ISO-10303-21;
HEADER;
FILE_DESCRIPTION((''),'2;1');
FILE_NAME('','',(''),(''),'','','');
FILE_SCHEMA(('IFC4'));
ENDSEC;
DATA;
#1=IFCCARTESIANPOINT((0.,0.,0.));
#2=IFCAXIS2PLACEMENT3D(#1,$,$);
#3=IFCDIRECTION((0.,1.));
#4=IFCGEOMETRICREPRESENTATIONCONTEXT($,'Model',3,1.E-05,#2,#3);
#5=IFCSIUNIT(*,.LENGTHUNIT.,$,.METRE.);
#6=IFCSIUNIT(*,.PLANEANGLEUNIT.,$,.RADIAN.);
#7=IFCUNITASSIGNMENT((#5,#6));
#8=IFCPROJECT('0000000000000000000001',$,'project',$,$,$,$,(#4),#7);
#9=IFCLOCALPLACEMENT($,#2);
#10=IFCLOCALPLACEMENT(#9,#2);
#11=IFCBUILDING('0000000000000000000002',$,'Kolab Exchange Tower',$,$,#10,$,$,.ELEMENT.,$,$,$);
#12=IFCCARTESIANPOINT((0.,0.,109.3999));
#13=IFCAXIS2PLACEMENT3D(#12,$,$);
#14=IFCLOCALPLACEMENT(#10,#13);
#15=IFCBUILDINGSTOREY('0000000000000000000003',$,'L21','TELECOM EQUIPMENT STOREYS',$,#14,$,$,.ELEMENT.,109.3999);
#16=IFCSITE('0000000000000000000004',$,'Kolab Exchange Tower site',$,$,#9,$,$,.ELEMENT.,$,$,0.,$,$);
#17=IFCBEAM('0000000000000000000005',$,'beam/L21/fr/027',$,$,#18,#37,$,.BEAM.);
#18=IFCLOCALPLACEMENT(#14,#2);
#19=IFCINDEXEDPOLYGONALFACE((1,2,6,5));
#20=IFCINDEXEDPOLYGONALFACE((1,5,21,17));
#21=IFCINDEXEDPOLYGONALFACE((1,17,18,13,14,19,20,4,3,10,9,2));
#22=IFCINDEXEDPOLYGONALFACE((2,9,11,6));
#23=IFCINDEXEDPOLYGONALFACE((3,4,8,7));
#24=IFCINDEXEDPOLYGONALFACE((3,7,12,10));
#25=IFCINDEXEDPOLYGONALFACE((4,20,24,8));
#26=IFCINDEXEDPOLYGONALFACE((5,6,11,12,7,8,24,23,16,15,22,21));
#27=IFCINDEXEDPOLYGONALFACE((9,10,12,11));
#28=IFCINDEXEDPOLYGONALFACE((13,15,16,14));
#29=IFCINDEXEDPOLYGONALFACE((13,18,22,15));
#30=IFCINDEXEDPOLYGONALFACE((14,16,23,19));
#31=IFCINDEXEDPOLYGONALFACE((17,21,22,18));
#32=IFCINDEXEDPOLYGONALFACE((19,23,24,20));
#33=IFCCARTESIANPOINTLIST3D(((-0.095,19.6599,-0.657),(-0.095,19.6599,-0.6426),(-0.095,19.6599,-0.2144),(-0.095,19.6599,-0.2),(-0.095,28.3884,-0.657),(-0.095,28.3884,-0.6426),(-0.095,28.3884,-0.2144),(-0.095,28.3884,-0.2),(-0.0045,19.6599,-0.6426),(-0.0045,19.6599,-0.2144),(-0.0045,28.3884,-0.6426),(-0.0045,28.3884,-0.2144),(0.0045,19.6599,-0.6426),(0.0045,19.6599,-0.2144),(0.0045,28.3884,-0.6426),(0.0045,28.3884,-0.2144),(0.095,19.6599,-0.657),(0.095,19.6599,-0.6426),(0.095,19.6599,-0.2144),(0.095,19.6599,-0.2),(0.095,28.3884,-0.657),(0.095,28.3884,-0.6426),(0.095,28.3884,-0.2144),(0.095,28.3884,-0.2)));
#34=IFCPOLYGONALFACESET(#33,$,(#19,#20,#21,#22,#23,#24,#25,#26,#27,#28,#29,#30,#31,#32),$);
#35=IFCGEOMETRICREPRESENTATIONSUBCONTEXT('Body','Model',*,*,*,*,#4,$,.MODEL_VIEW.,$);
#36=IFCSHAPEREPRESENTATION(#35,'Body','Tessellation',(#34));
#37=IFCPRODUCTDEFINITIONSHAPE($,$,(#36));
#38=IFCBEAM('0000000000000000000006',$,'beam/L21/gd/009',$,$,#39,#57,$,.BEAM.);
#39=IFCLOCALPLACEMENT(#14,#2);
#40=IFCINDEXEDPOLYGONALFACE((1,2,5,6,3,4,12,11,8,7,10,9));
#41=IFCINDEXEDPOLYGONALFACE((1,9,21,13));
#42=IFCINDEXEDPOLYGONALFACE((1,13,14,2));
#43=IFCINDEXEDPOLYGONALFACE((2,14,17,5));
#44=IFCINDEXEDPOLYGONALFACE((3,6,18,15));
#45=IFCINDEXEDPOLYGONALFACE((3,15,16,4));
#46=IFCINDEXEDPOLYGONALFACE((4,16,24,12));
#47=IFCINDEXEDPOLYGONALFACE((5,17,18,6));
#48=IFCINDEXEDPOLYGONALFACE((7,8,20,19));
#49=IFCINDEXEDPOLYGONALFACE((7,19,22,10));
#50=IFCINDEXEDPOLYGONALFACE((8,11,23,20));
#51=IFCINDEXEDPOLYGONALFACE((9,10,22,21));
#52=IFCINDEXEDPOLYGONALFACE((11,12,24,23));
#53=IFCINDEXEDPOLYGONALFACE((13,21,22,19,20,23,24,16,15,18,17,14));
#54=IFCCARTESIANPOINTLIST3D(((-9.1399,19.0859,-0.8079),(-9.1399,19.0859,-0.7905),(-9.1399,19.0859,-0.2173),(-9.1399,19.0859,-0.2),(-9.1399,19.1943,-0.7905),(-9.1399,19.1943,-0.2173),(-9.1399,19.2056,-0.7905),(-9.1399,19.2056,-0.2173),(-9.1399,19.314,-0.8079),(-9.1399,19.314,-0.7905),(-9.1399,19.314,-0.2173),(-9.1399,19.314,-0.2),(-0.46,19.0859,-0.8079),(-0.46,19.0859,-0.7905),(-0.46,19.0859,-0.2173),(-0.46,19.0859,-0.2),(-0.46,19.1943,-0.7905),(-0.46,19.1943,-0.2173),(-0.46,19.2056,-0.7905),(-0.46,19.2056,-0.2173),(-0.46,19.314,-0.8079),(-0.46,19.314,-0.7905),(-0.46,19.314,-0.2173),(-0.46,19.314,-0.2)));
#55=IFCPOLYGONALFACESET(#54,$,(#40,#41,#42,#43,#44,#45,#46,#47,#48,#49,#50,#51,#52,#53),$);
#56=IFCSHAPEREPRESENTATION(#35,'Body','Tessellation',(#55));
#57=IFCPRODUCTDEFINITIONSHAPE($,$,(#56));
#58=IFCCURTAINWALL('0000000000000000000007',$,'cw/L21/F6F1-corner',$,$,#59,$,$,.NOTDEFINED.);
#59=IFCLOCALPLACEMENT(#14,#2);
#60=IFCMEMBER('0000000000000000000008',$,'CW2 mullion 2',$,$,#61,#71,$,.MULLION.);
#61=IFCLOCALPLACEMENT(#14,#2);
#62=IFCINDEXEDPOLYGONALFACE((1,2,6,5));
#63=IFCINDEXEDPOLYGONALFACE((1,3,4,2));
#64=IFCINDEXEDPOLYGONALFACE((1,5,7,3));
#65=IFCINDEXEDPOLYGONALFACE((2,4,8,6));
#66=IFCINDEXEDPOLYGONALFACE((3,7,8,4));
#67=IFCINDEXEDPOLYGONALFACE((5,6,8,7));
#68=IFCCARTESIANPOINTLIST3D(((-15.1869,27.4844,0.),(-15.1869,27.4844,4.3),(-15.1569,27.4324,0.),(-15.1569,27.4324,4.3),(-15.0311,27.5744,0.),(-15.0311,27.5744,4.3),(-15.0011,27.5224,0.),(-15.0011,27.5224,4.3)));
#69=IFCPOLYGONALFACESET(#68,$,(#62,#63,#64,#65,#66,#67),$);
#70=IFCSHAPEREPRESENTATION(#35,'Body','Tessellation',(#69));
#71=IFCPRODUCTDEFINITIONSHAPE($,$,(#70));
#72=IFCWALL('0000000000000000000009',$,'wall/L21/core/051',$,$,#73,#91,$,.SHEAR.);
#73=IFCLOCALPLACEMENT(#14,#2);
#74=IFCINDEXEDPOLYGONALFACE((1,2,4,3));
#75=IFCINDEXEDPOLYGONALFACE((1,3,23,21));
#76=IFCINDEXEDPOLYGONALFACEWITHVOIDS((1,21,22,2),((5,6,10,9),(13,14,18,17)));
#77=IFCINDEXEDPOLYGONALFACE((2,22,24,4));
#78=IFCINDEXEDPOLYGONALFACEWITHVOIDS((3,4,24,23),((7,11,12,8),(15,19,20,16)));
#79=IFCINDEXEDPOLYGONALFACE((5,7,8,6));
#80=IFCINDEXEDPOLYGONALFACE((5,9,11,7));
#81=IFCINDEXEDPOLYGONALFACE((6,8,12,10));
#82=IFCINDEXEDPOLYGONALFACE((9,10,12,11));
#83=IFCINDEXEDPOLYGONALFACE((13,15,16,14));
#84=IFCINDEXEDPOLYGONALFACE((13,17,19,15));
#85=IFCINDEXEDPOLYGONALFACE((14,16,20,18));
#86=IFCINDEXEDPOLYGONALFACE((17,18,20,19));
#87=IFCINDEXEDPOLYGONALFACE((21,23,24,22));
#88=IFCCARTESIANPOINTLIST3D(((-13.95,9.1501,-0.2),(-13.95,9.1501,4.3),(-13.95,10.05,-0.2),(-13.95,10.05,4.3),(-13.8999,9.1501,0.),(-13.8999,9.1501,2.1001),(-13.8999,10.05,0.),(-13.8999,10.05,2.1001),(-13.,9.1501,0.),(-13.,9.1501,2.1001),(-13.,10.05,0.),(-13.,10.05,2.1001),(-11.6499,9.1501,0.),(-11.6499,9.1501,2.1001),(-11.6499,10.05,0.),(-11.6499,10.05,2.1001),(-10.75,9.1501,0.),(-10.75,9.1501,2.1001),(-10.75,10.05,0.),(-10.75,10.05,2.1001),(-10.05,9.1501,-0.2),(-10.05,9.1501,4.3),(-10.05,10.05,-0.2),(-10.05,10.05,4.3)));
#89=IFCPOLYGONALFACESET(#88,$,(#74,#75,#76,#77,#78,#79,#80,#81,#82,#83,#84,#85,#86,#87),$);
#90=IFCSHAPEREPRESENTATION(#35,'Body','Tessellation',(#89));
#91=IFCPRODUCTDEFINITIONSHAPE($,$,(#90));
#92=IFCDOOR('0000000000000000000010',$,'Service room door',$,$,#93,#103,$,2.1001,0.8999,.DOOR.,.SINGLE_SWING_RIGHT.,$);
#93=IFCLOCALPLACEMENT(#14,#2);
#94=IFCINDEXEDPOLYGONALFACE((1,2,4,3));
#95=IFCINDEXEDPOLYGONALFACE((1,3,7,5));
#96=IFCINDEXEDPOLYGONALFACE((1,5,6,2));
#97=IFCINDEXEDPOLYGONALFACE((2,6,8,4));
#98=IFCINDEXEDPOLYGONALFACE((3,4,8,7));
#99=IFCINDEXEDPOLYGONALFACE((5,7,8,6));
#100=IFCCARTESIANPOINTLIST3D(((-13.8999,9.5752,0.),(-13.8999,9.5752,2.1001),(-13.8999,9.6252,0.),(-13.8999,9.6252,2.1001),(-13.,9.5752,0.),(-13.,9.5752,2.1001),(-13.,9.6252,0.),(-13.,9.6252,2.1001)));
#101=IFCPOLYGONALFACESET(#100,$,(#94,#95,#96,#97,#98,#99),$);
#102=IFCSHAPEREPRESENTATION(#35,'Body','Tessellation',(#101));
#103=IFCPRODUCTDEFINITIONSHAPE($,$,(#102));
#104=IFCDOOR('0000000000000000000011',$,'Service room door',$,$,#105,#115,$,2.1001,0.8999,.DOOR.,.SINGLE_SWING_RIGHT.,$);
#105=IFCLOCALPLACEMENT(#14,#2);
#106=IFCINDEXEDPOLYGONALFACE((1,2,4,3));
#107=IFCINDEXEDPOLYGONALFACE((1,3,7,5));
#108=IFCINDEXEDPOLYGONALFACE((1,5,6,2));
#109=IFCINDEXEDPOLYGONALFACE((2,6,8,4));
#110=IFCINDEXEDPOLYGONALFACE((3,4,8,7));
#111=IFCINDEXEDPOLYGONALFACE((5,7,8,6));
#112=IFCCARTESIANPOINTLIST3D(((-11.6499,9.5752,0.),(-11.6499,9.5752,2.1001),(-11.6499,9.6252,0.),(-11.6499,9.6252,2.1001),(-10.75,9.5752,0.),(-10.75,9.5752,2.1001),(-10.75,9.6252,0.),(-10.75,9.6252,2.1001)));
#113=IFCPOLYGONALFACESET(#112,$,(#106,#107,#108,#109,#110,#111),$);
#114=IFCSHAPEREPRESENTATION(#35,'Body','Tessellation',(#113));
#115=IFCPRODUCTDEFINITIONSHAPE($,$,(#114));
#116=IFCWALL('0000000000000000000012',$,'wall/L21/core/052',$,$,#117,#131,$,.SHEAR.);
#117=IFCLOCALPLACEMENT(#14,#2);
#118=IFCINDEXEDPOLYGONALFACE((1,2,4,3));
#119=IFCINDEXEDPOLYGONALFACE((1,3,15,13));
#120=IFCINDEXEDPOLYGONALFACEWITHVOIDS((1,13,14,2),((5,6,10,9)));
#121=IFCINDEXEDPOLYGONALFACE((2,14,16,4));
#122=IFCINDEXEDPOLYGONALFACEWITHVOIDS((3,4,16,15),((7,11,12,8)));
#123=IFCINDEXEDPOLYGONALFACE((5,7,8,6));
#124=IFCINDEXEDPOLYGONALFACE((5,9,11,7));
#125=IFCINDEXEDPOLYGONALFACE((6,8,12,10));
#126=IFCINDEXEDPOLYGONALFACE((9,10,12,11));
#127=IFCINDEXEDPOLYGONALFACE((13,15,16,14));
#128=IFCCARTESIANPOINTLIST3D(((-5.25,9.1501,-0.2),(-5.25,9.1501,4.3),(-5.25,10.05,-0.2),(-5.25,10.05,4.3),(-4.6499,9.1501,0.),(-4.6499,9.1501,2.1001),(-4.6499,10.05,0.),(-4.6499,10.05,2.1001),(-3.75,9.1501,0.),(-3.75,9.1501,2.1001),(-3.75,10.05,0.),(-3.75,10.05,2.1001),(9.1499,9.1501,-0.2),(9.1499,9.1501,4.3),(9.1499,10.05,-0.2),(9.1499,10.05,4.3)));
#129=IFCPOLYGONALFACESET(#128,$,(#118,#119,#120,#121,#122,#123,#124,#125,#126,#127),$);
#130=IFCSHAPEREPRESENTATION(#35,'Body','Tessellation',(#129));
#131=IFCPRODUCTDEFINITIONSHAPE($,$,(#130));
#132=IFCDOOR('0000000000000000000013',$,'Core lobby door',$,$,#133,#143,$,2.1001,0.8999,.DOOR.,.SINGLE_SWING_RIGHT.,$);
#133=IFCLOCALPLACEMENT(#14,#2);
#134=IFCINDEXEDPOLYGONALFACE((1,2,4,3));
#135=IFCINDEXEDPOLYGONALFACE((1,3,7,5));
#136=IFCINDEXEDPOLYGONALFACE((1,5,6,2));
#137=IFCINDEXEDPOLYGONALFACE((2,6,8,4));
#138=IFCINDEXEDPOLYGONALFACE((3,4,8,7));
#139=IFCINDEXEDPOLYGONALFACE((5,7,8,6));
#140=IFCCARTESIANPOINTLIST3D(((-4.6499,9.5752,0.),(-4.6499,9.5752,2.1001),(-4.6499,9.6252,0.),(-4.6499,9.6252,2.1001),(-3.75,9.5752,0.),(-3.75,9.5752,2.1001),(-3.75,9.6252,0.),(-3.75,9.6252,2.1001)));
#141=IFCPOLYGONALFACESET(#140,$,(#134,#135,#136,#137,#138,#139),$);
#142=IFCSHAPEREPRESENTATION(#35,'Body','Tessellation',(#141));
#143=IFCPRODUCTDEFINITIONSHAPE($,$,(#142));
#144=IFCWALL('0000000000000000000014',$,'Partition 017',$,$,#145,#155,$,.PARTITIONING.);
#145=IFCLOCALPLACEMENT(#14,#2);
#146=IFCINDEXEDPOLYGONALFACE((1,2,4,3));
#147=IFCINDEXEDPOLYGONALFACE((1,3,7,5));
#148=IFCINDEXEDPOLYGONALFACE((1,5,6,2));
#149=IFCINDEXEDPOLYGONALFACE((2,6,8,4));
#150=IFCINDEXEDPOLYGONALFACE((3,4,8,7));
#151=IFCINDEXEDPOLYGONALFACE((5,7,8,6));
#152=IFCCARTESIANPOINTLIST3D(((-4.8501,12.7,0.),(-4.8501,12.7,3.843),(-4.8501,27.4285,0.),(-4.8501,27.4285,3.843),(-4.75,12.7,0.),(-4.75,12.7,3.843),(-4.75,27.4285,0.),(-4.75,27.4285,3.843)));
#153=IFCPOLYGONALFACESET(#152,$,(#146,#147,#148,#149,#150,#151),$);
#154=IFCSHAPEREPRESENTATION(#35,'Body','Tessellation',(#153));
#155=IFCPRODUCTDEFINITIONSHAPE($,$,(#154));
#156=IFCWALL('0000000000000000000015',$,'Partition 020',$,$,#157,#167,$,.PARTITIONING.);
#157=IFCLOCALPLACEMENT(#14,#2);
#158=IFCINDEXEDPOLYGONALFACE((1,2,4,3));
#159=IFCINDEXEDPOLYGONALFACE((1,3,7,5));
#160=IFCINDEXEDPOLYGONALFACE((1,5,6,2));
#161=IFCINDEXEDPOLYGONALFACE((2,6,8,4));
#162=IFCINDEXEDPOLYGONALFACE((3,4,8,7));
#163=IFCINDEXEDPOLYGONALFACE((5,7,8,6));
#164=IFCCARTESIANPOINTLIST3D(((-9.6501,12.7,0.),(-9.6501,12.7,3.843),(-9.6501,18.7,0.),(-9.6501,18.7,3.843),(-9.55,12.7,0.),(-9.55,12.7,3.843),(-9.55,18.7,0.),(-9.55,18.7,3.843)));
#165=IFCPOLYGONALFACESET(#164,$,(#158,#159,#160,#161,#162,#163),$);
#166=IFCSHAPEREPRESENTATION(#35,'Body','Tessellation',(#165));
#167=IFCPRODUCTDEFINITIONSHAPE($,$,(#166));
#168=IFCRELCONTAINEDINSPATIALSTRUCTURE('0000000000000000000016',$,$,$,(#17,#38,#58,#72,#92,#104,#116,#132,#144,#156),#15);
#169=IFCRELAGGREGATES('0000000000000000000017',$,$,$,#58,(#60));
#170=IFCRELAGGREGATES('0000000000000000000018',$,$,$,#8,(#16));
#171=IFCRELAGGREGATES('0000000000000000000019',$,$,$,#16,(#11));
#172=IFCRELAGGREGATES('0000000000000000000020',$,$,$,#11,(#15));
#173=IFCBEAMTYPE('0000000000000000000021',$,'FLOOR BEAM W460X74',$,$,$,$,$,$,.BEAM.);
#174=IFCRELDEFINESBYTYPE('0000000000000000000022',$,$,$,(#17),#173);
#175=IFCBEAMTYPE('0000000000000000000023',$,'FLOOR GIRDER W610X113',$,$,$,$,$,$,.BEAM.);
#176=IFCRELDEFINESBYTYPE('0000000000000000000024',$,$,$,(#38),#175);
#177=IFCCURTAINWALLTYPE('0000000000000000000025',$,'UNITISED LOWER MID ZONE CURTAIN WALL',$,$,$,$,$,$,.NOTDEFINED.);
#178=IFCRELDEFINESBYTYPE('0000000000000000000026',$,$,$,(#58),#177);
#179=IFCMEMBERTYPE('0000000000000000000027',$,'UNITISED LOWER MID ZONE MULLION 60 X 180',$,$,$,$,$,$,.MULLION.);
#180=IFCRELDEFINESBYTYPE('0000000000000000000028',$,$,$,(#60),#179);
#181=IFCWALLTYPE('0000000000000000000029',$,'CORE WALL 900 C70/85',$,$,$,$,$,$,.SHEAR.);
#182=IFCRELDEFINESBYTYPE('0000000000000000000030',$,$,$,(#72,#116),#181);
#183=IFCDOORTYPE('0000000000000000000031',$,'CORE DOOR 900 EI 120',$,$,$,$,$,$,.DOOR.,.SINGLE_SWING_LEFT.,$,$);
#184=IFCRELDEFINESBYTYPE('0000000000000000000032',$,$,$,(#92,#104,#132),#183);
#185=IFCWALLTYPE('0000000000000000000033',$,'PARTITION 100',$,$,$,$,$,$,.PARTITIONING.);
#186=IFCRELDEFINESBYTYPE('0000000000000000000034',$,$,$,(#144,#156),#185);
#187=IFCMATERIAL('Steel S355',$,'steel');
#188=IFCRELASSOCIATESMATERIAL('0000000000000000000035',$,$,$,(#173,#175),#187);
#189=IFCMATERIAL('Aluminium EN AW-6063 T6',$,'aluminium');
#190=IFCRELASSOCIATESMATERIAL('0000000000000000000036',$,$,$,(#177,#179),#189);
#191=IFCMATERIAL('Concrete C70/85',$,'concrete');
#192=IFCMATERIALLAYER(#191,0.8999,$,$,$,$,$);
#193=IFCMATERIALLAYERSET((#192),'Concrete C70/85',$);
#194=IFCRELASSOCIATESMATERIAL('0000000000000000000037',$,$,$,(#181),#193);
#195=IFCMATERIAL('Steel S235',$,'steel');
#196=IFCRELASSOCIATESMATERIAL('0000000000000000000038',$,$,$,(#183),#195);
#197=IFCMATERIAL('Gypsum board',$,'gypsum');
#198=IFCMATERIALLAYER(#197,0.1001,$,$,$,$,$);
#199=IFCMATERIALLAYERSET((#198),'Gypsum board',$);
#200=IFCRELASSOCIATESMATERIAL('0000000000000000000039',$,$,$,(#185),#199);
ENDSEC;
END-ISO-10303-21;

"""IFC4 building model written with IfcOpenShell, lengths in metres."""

from ifc_helpers import new_model, si_unit, direction, frame, frame_2d, origin, origin_2d, place, context, subcontext, project, spatial, rectangle, i_section, extrude, material, layer, layer_set, material_profile, profile_set, type_object, element, fill, aggregate, save


model = new_model("IFC4")

# Units and contexts
model_context = context("Model", 3, precision=1e-05, world=origin(), true_north=direction((0.0, 1.0)))
body_context = subcontext(model_context, "Body", "Model", "MODEL_VIEW")
ifc_project = project(units=[si_unit("LENGTHUNIT", "METRE"), si_unit("PLANEANGLEUNIT", "RADIAN")], contexts=[model_context])

# Site, building, storey
site_placement = place(None, origin())
site = spatial("IfcSite", under=ifc_project, at=site_placement, Name="Kolab Exchange Tower site", CompositionType="ELEMENT", RefElevation=0.0)
building_placement = place(site_placement, origin())
building = spatial("IfcBuilding", under=site, at=building_placement, Name="Kolab Exchange Tower", CompositionType="ELEMENT")
storey_placement = place(building_placement, frame((0.0, 0.0, 109.3999)))
storey = spatial("IfcBuildingStorey", under=building, at=storey_placement, Name="L21", Description="TELECOM EQUIPMENT STOREYS", CompositionType="ELEMENT", Elevation=109.3999)

# Shared definitions
ifc_material_1 = material(Name="Concrete C70/85", Category="concrete")

# Beams
ifc_material_2 = material(Name="Steel S355", Category="steel")
ifc_material_profile_1 = material_profile(ifc_material_2, i_section(OverallWidth=0.1899, OverallDepth=0.457, WebThickness=0.009, FlangeThickness=0.0144, at=origin_2d()), Name="W460X74")
ifc_profile_set_1 = profile_set([ifc_material_profile_1], Name="Steel S355")
beam_type_1 = type_object("IfcBeamType", Name="FLOOR BEAM W460X74", PredefinedType="BEAM", material=ifc_profile_set_1)
beam_1_placement = place(storey_placement, frame((0.0, 19.6599, -0.4285), z_axis=(0.0, 1.0, 0.0), x_axis=(-1.0, 0.0, 0.0)))
element("IfcBeam", 1, at=beam_1_placement, inside=storey, type_object=beam_type_1, Name="beam/L21/fr/027", PredefinedType="BEAM", context=body_context, shape_type="SweptSolid", body=[
    extrude(i_section(OverallWidth=0.1899, OverallDepth=0.457, WebThickness=0.009, FlangeThickness=0.0144, at=origin_2d()), origin(), (0.0, 0.0, 1.0), 8.7285),
])
ifc_material_profile_2 = material_profile(ifc_material_2, i_section(OverallWidth=0.228, OverallDepth=0.6079, WebThickness=0.0112, FlangeThickness=0.0173, at=origin_2d()), Name="W610X113")
ifc_profile_set_2 = profile_set([ifc_material_profile_2], Name="Steel S355")
beam_type_2 = type_object("IfcBeamType", Name="FLOOR GIRDER W610X113", PredefinedType="BEAM", material=ifc_profile_set_2)
beam_2_placement = place(storey_placement, frame((-9.1399, 19.2, -0.5039), z_axis=(1.0, 0.0, 0.0), x_axis=(0.0, 1.0, 0.0)))
element("IfcBeam", 2, at=beam_2_placement, inside=storey, type_object=beam_type_2, Name="beam/L21/gd/009", PredefinedType="BEAM", context=body_context, shape_type="SweptSolid", body=[
    extrude(i_section(OverallWidth=0.228, OverallDepth=0.6079, WebThickness=0.0112, FlangeThickness=0.0173, at=origin_2d()), origin(), (0.0, 0.0, 1.0), 8.6799),
])

# Curtain wall, member
ifc_material_3 = material(Name="Aluminium EN AW-6063 T6", Category="aluminium")
curtain_wall_type = type_object("IfcCurtainWallType", Name="UNITISED LOWER MID ZONE CURTAIN WALL", PredefinedType="NOTDEFINED", material=ifc_material_3)
curtain_wall_placement = place(storey_placement, origin())
curtain_wall = element("IfcCurtainWall", 3, at=curtain_wall_placement, inside=storey, type_object=curtain_wall_type, Name="cw/L21/F6F1-corner", PredefinedType="NOTDEFINED")
ifc_material_profile_3 = material_profile(ifc_material_3, rectangle(XDim=0.0601, YDim=0.1799, at=origin_2d()), Name="RECT 60X180")
ifc_profile_set_3 = profile_set([ifc_material_profile_3], Name="Aluminium EN AW-6063 T6")
member_type = type_object("IfcMemberType", Name="UNITISED LOWER MID ZONE MULLION 60 X 180", PredefinedType="MULLION", material=ifc_profile_set_3)
member_placement = place(storey_placement, frame((-15.094, 27.5034, 0.0), z_axis=(0.0, 0.0, 1.0), x_axis=(-0.5, 0.866025, 0.0)))
member = element("IfcMember", 4, at=member_placement, type_object=member_type, Name="CW2 mullion 2", PredefinedType="MULLION", context=body_context, shape_type="SweptSolid", body=[
    extrude(rectangle(XDim=0.0601, YDim=0.1799, at=origin_2d()), origin(), (0.0, 0.0, 1.0), 4.3),
])
aggregate(curtain_wall, [member])

# Wall, openings, doors
ifc_layer_1 = layer(ifc_material_1, 0.8999)
ifc_layer_set_1 = layer_set([ifc_layer_1], Name="Concrete C70/85")
wall_type_1 = type_object("IfcWallType", Name="CORE WALL 900 C70/85", PredefinedType="SHEAR", material=ifc_layer_set_1)
wall_1_placement = place(storey_placement, frame((-13.95, 9.6001, -0.2), z_axis=(0.0, 0.0, 1.0), x_axis=(1.0, 0.0, 0.0)))
wall_1 = element("IfcWall", 5, at=wall_1_placement, inside=storey, type_object=wall_type_1, Name="wall/L21/core/051", PredefinedType="SHEAR", context=body_context, shape_type="SweptSolid", body=[
    extrude(rectangle(XDim=3.8999, YDim=0.8999, at=frame_2d((1.95, 0.0))), origin(), (0.0, 0.0, 1.0), 4.5),
])
opening_1_placement = place(wall_1_placement, frame((0.05, 0.0, 0.2)))
opening_1 = element("IfcOpeningElement", 6, at=opening_1_placement, cuts=wall_1, PredefinedType="OPENING", context=body_context, shape_type="SweptSolid", body=[
    extrude(rectangle(XDim=0.8999, YDim=2.1001, at=frame_2d((0.45, 1.05))), frame((0.0, 0.46, 0.0), z_axis=(0.0, -1.0, 0.0), x_axis=(1.0, 0.0, 0.0)), (0.0, 0.0, 1.0), 0.9199),
])
opening_2_placement = place(wall_1_placement, frame((2.3, 0.0, 0.2)))
opening_2 = element("IfcOpeningElement", 7, at=opening_2_placement, cuts=wall_1, PredefinedType="OPENING", context=body_context, shape_type="SweptSolid", body=[
    extrude(rectangle(XDim=0.8999, YDim=2.1001, at=frame_2d((0.45, 1.05))), frame((0.0, 0.46, 0.0), z_axis=(0.0, -1.0, 0.0), x_axis=(1.0, 0.0, 0.0)), (0.0, 0.0, 1.0), 0.9199),
])
ifc_material_4 = material(Name="Steel S235", Category="steel")
door_type = type_object("IfcDoorType", Name="CORE DOOR 900 EI 120", OperationType="SINGLE_SWING_LEFT", PredefinedType="DOOR", material=ifc_material_4)
door_1_placement = place(opening_1_placement, frame((0.8999, 0.0, 0.0), z_axis=(0.0, 0.0, 1.0), x_axis=(-1.0, 0.0, 0.0)))
door_1 = element("IfcDoor", 8, at=door_1_placement, inside=storey, type_object=door_type, Name="Service room door", OperationType="SINGLE_SWING_RIGHT", OverallHeight=2.1001, OverallWidth=0.8999, PredefinedType="DOOR", context=body_context, shape_type="SweptSolid", body=[
    extrude(rectangle(XDim=0.8999, YDim=2.1001, at=frame_2d((0.45, 1.05))), frame((0.0, 0.0249, 0.0), z_axis=(0.0, -1.0, 0.0), x_axis=(1.0, 0.0, 0.0)), (0.0, 0.0, 1.0), 0.05),
])
fill(opening_1, door_1)
door_2_placement = place(opening_2_placement, frame((0.8999, 0.0, 0.0), z_axis=(0.0, 0.0, 1.0), x_axis=(-1.0, 0.0, 0.0)))
door_2 = element("IfcDoor", 9, at=door_2_placement, inside=storey, type_object=door_type, Name="Service room door", OperationType="SINGLE_SWING_RIGHT", OverallHeight=2.1001, OverallWidth=0.8999, PredefinedType="DOOR", context=body_context, shape_type="SweptSolid", body=[
    extrude(rectangle(XDim=0.8999, YDim=2.1001, at=frame_2d((0.45, 1.05))), frame((0.0, 0.0249, 0.0), z_axis=(0.0, -1.0, 0.0), x_axis=(1.0, 0.0, 0.0)), (0.0, 0.0, 1.0), 0.05),
])
fill(opening_2, door_2)

# Wall, opening, door
wall_2_placement = place(storey_placement, frame((-5.25, 9.6001, -0.2), z_axis=(0.0, 0.0, 1.0), x_axis=(1.0, 0.0, 0.0)))
wall_2 = element("IfcWall", 10, at=wall_2_placement, inside=storey, type_object=wall_type_1, Name="wall/L21/core/052", PredefinedType="SHEAR", context=body_context, shape_type="SweptSolid", body=[
    extrude(rectangle(XDim=14.3999, YDim=0.8999, at=frame_2d((7.2, 0.0))), origin(), (0.0, 0.0, 1.0), 4.5),
])
opening_3_placement = place(wall_2_placement, frame((0.6001, 0.0, 0.2)))
opening_3 = element("IfcOpeningElement", 11, at=opening_3_placement, cuts=wall_2, PredefinedType="OPENING", context=body_context, shape_type="SweptSolid", body=[
    extrude(rectangle(XDim=0.8999, YDim=2.1001, at=frame_2d((0.45, 1.05))), frame((0.0, 0.46, 0.0), z_axis=(0.0, -1.0, 0.0), x_axis=(1.0, 0.0, 0.0)), (0.0, 0.0, 1.0), 0.9199),
])
door_3_placement = place(opening_3_placement, frame((0.8999, 0.0, 0.0), z_axis=(0.0, 0.0, 1.0), x_axis=(-1.0, 0.0, 0.0)))
door_3 = element("IfcDoor", 12, at=door_3_placement, inside=storey, type_object=door_type, Name="Core lobby door", OperationType="SINGLE_SWING_RIGHT", OverallHeight=2.1001, OverallWidth=0.8999, PredefinedType="DOOR", context=body_context, shape_type="SweptSolid", body=[
    extrude(rectangle(XDim=0.8999, YDim=2.1001, at=frame_2d((0.45, 1.05))), frame((0.0, 0.0249, 0.0), z_axis=(0.0, -1.0, 0.0), x_axis=(1.0, 0.0, 0.0)), (0.0, 0.0, 1.0), 0.05),
])
fill(opening_3, door_3)

# Walls
ifc_material_5 = material(Name="Gypsum board", Category="gypsum")
ifc_layer_2 = layer(ifc_material_5, 0.1001)
ifc_layer_set_2 = layer_set([ifc_layer_2], Name="Gypsum board")
wall_type_2 = type_object("IfcWallType", Name="PARTITION 100", PredefinedType="PARTITIONING", material=ifc_layer_set_2)
wall_3_placement = place(storey_placement, frame((-4.8, 12.7, 0.0), z_axis=(0.0, 0.0, 1.0), x_axis=(0.0, 1.0, 0.0)))
element("IfcWall", 13, at=wall_3_placement, inside=storey, type_object=wall_type_2, Name="Partition 017", PredefinedType="PARTITIONING", context=body_context, shape_type="SweptSolid", body=[
    extrude(rectangle(XDim=14.7285, YDim=0.1001, at=frame_2d((7.3643, 0.0))), origin(), (0.0, 0.0, 1.0), 3.843),
])
wall_4_placement = place(storey_placement, frame((-9.6001, 12.7, 0.0), z_axis=(0.0, 0.0, 1.0), x_axis=(0.0, 1.0, 0.0)))
element("IfcWall", 14, at=wall_4_placement, inside=storey, type_object=wall_type_2, Name="Partition 020", PredefinedType="PARTITIONING", context=body_context, shape_type="SweptSolid", body=[
    extrude(rectangle(XDim=6.0, YDim=0.1001, at=frame_2d((3.0, 0.0))), origin(), (0.0, 0.0, 1.0), 3.843),
])

save(model, "model.ifc")
